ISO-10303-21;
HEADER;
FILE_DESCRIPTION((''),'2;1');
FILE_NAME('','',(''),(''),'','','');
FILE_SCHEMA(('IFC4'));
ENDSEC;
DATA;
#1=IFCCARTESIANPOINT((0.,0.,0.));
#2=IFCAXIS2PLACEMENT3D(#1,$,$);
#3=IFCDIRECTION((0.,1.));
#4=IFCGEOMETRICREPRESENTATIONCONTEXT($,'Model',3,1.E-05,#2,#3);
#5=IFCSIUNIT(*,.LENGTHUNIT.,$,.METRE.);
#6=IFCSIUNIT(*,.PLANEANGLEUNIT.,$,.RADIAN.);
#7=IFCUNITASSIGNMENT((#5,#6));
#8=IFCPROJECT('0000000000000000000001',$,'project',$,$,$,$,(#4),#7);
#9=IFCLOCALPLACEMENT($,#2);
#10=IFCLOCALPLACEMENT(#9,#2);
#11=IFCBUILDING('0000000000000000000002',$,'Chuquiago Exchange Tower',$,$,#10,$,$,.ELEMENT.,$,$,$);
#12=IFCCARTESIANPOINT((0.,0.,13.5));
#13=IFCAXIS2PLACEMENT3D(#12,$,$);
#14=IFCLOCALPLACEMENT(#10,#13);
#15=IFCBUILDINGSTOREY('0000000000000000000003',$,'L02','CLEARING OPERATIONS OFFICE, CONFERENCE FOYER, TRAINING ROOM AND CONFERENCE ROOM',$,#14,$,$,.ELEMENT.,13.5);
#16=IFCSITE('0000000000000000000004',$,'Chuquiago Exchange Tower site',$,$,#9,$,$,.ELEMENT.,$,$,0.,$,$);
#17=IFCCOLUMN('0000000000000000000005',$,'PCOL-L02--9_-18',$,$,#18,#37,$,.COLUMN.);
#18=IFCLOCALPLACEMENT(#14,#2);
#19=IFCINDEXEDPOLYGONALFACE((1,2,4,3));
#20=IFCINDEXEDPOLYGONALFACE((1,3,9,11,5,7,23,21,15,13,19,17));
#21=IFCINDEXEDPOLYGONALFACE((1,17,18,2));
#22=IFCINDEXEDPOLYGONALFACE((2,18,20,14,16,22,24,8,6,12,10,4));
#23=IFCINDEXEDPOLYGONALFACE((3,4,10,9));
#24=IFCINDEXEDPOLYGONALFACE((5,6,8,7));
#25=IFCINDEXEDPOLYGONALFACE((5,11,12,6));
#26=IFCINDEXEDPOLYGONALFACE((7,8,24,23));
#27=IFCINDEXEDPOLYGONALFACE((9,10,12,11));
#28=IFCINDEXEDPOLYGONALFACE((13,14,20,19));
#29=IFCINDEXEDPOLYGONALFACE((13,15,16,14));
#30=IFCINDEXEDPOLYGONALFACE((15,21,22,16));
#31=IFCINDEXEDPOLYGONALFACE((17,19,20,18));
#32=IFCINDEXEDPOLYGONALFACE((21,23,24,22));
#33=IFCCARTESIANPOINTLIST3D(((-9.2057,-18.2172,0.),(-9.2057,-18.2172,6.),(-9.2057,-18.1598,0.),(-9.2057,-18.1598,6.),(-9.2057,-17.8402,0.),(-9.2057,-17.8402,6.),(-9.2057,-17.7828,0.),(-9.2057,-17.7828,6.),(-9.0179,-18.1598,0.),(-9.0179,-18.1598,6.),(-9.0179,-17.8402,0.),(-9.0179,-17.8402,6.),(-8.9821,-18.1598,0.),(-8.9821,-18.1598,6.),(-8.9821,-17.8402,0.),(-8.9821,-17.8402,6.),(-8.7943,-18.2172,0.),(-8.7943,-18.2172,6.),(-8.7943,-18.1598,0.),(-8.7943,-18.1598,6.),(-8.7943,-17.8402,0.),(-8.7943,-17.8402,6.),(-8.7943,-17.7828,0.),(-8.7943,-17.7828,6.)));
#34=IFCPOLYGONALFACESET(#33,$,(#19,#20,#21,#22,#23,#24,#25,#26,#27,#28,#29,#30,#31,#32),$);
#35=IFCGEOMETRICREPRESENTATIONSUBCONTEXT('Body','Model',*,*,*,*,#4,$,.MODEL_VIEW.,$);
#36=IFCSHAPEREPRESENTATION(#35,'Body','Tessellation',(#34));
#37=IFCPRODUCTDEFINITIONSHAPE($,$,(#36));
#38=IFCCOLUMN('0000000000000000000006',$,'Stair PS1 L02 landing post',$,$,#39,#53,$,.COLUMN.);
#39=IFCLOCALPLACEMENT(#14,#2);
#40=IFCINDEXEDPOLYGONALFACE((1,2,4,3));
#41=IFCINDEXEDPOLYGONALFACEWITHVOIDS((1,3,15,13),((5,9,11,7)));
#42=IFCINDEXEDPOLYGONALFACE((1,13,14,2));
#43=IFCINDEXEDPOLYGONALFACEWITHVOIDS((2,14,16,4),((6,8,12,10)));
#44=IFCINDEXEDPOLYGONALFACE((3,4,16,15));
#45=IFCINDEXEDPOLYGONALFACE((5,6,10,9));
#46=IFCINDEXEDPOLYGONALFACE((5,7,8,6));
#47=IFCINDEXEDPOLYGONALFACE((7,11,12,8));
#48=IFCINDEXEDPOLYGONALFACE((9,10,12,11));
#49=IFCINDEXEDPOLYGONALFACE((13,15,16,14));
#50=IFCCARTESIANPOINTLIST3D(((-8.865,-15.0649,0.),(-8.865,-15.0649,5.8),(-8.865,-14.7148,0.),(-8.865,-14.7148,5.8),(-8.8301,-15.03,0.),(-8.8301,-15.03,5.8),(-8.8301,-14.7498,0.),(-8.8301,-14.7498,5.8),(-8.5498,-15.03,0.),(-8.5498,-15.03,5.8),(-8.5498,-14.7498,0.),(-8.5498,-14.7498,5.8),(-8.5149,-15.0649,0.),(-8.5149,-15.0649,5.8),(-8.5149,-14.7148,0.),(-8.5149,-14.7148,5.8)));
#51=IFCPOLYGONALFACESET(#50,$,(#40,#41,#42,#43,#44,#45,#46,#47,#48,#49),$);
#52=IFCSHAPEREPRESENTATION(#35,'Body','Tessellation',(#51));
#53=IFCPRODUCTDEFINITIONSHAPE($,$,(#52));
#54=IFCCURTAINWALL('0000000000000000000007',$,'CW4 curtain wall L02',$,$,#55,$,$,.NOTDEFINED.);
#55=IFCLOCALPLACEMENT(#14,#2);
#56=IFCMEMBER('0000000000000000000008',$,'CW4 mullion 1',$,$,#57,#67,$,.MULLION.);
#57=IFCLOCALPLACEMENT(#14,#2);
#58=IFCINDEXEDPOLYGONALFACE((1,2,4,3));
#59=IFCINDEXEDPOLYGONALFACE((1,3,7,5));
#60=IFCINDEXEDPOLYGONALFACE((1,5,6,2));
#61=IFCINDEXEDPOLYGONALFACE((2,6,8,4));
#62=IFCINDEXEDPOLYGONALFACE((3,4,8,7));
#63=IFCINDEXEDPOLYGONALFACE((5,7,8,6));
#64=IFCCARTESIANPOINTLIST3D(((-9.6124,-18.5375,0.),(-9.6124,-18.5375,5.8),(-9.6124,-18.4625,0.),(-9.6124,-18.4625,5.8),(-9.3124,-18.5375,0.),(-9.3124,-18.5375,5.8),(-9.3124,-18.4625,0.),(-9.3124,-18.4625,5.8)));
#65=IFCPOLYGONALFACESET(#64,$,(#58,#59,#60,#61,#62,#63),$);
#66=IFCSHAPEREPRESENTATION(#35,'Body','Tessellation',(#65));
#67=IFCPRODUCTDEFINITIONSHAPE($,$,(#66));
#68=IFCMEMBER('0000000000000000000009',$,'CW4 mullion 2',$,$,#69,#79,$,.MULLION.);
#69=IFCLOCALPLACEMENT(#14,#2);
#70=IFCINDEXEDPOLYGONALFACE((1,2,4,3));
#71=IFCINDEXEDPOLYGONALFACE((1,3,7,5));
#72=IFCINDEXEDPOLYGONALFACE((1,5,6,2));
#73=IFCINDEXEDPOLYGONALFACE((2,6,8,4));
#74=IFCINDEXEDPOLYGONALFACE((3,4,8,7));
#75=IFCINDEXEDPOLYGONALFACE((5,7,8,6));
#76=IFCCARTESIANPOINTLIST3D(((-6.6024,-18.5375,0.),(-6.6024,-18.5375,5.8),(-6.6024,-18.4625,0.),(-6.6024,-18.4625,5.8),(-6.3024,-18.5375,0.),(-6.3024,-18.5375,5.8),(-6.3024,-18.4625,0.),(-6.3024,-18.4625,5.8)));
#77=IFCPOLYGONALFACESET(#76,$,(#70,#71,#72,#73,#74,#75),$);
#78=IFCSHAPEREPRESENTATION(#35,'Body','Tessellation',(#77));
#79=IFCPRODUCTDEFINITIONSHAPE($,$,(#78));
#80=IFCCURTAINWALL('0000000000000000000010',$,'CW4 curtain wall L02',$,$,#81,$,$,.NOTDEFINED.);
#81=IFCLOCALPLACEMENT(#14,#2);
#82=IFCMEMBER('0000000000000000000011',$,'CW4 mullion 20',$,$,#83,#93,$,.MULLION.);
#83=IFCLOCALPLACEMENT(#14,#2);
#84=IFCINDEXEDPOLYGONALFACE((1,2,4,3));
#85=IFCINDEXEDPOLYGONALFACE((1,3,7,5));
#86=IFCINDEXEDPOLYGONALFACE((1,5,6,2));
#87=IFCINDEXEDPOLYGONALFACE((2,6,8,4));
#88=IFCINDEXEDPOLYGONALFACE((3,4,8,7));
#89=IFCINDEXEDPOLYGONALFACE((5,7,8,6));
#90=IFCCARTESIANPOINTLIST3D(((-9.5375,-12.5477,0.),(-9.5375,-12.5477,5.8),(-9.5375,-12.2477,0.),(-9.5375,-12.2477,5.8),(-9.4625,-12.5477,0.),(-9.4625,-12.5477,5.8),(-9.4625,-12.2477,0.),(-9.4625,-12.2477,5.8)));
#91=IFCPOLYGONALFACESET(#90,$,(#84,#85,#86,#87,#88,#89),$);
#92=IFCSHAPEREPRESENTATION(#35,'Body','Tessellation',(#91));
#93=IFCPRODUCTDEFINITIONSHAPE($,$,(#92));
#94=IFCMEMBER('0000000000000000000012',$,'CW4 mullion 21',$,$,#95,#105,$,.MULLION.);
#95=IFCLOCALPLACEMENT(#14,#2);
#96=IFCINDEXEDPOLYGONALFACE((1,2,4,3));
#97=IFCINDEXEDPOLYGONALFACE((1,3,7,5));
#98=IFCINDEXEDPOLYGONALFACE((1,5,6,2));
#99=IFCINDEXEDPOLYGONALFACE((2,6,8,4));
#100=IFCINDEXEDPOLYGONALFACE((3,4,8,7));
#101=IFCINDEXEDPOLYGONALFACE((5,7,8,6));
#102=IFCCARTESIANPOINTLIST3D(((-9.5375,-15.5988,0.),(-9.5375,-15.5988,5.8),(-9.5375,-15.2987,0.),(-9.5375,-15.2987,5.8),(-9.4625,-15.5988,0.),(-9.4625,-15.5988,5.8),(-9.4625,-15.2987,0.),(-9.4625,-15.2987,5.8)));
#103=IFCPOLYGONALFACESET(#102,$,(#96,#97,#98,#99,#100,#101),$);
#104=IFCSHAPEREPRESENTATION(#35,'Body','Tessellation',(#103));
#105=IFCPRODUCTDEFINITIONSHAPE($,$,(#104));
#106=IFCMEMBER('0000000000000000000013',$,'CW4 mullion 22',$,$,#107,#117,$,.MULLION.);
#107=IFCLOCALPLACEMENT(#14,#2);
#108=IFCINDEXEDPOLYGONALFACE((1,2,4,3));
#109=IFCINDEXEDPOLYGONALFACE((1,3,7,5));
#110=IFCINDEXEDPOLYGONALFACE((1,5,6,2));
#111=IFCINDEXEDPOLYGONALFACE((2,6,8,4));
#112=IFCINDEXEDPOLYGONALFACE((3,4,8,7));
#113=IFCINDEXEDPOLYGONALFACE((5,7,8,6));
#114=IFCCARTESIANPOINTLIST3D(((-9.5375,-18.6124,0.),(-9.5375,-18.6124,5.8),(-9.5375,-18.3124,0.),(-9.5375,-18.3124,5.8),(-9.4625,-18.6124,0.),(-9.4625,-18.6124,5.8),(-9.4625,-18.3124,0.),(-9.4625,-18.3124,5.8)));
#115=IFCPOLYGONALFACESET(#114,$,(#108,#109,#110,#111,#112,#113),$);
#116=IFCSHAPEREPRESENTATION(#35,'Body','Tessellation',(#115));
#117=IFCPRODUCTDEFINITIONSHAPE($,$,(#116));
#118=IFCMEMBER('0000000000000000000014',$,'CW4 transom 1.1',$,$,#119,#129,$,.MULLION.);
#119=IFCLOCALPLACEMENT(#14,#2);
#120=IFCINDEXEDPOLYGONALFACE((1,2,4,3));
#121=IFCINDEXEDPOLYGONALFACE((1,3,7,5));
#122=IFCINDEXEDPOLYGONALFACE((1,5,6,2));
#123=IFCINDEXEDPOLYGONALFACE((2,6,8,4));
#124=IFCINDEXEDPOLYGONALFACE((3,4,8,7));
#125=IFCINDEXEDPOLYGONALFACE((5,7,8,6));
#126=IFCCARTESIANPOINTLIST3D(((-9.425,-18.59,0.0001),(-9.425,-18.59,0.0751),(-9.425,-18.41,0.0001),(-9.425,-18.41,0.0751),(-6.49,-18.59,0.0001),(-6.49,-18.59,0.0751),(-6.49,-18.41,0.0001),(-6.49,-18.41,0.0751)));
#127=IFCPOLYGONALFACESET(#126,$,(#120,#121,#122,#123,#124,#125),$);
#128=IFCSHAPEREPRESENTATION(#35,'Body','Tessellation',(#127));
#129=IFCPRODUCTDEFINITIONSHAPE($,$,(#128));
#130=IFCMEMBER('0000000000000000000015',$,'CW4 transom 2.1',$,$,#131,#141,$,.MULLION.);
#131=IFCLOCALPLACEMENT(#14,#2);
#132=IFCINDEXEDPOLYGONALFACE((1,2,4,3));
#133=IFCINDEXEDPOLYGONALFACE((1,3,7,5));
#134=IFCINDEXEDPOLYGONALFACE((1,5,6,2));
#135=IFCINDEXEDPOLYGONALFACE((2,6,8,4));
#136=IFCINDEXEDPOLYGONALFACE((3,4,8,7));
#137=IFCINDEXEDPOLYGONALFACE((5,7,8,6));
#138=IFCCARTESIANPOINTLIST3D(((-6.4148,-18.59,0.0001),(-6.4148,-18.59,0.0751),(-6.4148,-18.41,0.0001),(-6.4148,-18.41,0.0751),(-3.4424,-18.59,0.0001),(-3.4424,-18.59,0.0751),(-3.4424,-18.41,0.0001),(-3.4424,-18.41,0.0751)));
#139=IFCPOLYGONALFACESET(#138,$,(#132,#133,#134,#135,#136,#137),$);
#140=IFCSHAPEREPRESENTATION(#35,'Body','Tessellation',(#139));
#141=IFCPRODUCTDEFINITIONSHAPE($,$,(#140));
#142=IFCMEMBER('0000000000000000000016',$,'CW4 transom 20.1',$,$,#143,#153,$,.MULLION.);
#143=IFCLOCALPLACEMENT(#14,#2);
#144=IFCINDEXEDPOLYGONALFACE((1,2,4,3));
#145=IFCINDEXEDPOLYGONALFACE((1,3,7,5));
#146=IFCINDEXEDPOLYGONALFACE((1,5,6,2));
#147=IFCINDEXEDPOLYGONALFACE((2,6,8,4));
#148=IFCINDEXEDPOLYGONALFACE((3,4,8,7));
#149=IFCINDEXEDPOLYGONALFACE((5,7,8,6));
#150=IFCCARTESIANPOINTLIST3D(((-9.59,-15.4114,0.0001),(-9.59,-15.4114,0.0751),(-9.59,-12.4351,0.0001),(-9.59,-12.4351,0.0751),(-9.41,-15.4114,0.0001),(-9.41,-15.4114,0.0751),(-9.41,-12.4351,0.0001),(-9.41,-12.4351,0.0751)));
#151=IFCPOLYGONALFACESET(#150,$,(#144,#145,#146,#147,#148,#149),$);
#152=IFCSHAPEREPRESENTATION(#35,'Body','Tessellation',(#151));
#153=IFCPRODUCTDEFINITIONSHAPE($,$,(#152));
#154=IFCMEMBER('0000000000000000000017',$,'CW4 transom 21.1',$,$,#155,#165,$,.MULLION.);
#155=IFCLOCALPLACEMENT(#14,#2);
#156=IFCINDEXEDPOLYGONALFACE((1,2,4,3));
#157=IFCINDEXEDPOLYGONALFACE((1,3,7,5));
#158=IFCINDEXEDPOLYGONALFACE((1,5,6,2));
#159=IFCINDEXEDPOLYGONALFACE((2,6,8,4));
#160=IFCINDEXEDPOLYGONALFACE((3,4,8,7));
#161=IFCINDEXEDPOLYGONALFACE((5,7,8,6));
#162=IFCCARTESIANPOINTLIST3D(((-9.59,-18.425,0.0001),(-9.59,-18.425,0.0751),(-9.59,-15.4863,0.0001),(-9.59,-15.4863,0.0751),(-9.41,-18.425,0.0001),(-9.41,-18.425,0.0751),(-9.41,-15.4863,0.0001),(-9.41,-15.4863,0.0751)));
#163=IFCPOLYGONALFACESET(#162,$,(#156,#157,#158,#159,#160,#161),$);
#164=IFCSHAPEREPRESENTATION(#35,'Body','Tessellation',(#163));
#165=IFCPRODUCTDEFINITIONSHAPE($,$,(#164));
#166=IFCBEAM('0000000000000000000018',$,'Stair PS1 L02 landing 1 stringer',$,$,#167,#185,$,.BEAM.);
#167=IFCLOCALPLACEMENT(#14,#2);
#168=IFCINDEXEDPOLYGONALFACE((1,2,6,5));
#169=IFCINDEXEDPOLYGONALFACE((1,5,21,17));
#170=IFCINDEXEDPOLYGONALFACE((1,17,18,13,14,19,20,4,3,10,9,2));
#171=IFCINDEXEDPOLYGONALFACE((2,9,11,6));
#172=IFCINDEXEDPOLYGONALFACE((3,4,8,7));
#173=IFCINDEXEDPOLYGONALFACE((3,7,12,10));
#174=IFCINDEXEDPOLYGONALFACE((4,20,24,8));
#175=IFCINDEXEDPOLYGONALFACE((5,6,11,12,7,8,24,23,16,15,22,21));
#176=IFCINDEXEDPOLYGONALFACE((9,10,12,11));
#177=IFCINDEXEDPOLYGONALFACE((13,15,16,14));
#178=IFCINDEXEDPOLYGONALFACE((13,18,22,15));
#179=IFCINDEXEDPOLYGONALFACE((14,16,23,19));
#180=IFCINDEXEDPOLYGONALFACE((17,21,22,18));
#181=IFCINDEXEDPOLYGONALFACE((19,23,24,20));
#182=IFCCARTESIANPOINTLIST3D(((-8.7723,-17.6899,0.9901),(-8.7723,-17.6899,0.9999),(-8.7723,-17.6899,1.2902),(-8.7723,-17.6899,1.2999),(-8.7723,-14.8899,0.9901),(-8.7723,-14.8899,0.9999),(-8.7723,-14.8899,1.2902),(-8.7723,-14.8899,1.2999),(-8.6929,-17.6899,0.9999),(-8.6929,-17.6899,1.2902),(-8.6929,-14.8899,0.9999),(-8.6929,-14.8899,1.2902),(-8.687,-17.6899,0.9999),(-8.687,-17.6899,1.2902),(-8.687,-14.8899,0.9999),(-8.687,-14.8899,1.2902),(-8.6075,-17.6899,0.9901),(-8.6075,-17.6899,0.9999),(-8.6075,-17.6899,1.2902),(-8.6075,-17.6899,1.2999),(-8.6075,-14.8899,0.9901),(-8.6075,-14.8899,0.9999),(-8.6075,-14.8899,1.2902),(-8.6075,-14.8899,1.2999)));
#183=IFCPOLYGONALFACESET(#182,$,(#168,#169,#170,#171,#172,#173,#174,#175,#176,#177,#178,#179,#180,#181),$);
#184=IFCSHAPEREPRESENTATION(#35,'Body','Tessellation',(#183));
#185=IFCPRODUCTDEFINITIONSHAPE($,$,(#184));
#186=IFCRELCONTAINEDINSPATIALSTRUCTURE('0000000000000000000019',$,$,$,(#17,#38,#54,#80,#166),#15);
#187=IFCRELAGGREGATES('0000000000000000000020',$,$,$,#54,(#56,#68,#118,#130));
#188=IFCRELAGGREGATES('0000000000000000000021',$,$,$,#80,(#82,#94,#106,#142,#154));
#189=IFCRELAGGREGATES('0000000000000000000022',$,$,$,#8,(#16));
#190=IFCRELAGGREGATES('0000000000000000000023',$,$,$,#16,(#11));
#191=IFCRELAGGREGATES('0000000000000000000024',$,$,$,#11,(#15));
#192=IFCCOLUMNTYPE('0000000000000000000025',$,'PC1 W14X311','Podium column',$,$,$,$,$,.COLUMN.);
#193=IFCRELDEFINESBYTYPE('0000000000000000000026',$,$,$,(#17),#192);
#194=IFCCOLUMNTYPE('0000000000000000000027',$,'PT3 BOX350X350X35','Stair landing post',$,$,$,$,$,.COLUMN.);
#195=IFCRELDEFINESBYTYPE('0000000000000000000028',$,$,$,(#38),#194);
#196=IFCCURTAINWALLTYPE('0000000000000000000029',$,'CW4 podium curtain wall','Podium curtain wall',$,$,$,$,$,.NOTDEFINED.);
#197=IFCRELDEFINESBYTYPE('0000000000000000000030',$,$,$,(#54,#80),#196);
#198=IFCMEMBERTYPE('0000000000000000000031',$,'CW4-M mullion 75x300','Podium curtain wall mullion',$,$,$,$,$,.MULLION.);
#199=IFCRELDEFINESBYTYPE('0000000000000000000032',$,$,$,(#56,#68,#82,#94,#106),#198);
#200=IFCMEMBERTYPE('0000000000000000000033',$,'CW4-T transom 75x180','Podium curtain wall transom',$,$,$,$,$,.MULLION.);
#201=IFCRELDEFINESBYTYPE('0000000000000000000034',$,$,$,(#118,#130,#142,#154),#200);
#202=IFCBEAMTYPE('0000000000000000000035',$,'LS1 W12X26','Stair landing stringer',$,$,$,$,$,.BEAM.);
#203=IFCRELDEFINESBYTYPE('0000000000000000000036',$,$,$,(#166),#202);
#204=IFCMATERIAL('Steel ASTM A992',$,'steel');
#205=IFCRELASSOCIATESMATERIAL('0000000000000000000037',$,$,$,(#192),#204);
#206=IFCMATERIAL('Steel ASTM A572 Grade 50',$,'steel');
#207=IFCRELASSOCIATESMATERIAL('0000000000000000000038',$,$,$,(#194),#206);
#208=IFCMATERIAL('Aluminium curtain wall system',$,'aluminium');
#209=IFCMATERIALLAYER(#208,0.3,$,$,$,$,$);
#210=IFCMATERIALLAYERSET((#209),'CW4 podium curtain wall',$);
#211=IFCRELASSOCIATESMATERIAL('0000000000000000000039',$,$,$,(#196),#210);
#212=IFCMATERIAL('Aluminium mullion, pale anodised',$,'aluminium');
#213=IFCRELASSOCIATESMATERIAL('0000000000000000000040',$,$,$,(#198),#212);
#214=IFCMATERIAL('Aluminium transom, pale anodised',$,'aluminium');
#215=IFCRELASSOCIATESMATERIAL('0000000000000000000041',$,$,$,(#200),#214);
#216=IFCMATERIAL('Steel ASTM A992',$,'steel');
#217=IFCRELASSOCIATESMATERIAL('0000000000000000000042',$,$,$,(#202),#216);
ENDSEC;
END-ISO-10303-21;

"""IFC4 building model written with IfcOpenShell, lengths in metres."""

from ifc_helpers import new_model, si_unit, direction, frame, origin, origin_2d, place, context, subcontext, project, spatial, rectangle, hollow_rectangle, i_section, extrude, material, layer, layer_set, material_profile, profile_set, type_object, element, aggregate, save


model = new_model("IFC4")

# Units and contexts
model_context = context("Model", 3, precision=1e-05, world=origin(), true_north=direction((0.0, 1.0)))
body_context = subcontext(model_context, "Body", "Model", "MODEL_VIEW")
ifc_project = project(units=[si_unit("LENGTHUNIT", "METRE"), si_unit("PLANEANGLEUNIT", "RADIAN")], contexts=[model_context])

# Site, building, storey
site_placement = place(None, origin())
site = spatial("IfcSite", under=ifc_project, at=site_placement, Name="Chuquiago Exchange Tower site", CompositionType="ELEMENT", RefElevation=0.0)
building_placement = place(site_placement, origin())
building = spatial("IfcBuilding", under=site, at=building_placement, Name="Chuquiago Exchange Tower", CompositionType="ELEMENT")
storey_placement = place(building_placement, frame((0.0, 0.0, 13.5)))
storey = spatial("IfcBuildingStorey", under=building, at=storey_placement, Name="L02", Description="CLEARING OPERATIONS OFFICE, CONFERENCE FOYER, TRAINING ROOM AND CONFERENCE ROOM", CompositionType="ELEMENT", Elevation=13.5)

# Columns
ifc_material_1 = material(Name="Steel ASTM A992", Category="steel")
ifc_material_profile_1 = material_profile(ifc_material_1, i_section(OverallWidth=0.4114, OverallDepth=0.4343, WebThickness=0.0359, FlangeThickness=0.0574, at=origin_2d()), Name="W14X311")
ifc_profile_set_1 = profile_set([ifc_material_profile_1], Name="Steel ASTM A992")
column_type_1 = type_object("IfcColumnType", Name="PC1 W14X311", Description="Podium column", PredefinedType="COLUMN", material=ifc_profile_set_1)
column_1_placement = place(storey_placement, frame((-9.0, -18.0, 0.0), z_axis=(0.0, 0.0, 1.0), x_axis=(1.0, 0.0, 0.0)))
element("IfcColumn", 1, at=column_1_placement, inside=storey, type_object=column_type_1, Name="PCOL-L02--9_-18", PredefinedType="COLUMN", context=body_context, shape_type="SweptSolid", body=[
    extrude(i_section(OverallWidth=0.4114, OverallDepth=0.4343, WebThickness=0.0359, FlangeThickness=0.0574, at=origin_2d()), origin(), (0.0, 0.0, 1.0), 6.0),
])
ifc_material_2 = material(Name="Steel ASTM A572 Grade 50", Category="steel")
ifc_material_profile_2 = material_profile(ifc_material_2, hollow_rectangle(XDim=0.3501, YDim=0.3501, WallThickness=0.0349, at=origin_2d()), Name="BOX350X350X35")
ifc_profile_set_2 = profile_set([ifc_material_profile_2], Name="Steel ASTM A572 Grade 50")
column_type_2 = type_object("IfcColumnType", Name="PT3 BOX350X350X35", Description="Stair landing post", PredefinedType="COLUMN", material=ifc_profile_set_2)
column_2_placement = place(storey_placement, frame((-8.6899, -14.8899, 0.0), z_axis=(0.0, 0.0, 1.0), x_axis=(1.0, 0.0, 0.0)))
element("IfcColumn", 2, at=column_2_placement, inside=storey, type_object=column_type_2, Name="Stair PS1 L02 landing post", PredefinedType="COLUMN", context=body_context, shape_type="SweptSolid", body=[
    extrude(hollow_rectangle(XDim=0.3501, YDim=0.3501, WallThickness=0.0349, at=origin_2d()), origin(), (0.0, 0.0, 1.0), 5.8),
])

# Curtain walls, members
ifc_material_3 = material(Name="Aluminium curtain wall system", Category="aluminium")
ifc_layer_1 = layer(ifc_material_3, 0.3)
ifc_layer_set_1 = layer_set([ifc_layer_1], Name="CW4 podium curtain wall")
curtain_wall_type = type_object("IfcCurtainWallType", Name="CW4 podium curtain wall", Description="Podium curtain wall", PredefinedType="NOTDEFINED", material=ifc_layer_set_1)
curtain_wall_1_placement = place(storey_placement, origin())
curtain_wall_1 = element("IfcCurtainWall", 3, at=curtain_wall_1_placement, inside=storey, type_object=curtain_wall_type, Name="CW4 curtain wall L02", PredefinedType="NOTDEFINED")
ifc_material_4 = material(Name="Aluminium mullion, pale anodised", Category="aluminium")
ifc_material_profile_3 = material_profile(ifc_material_4, rectangle(XDim=0.075, YDim=0.3, at=origin_2d()), Name="AL 75x300")
ifc_profile_set_3 = profile_set([ifc_material_profile_3], Name="Aluminium mullion, pale anodised")
member_type_1 = type_object("IfcMemberType", Name="CW4-M mullion 75x300", Description="Podium curtain wall mullion", PredefinedType="MULLION", material=ifc_profile_set_3)
member_1_placement = place(storey_placement, frame((-9.4624, -18.5, 0.0), z_axis=(0.0, 0.0, 1.0), x_axis=(0.0, 1.0, 0.0)))
member_1 = element("IfcMember", 4, at=member_1_placement, type_object=member_type_1, Name="CW4 mullion 1", PredefinedType="MULLION", context=body_context, shape_type="SweptSolid", body=[
    extrude(rectangle(XDim=0.075, YDim=0.3, at=origin_2d()), origin(), (0.0, 0.0, 1.0), 5.8),
])
member_2_placement = place(storey_placement, frame((-6.4524, -18.5, 0.0), z_axis=(0.0, 0.0, 1.0), x_axis=(0.0, 1.0, 0.0)))
member_2 = element("IfcMember", 5, at=member_2_placement, type_object=member_type_1, Name="CW4 mullion 2", PredefinedType="MULLION", context=body_context, shape_type="SweptSolid", body=[
    extrude(rectangle(XDim=0.075, YDim=0.3, at=origin_2d()), origin(), (0.0, 0.0, 1.0), 5.8),
])
curtain_wall_2_placement = place(storey_placement, origin())
curtain_wall_2 = element("IfcCurtainWall", 6, at=curtain_wall_2_placement, inside=storey, type_object=curtain_wall_type, Name="CW4 curtain wall L02", PredefinedType="NOTDEFINED")
member_3_placement = place(storey_placement, frame((-9.5, -12.3977, 0.0), z_axis=(0.0, 0.0, 1.0), x_axis=(1.0, 0.0, 0.0)))
member_3 = element("IfcMember", 7, at=member_3_placement, type_object=member_type_1, Name="CW4 mullion 20", PredefinedType="MULLION", context=body_context, shape_type="SweptSolid", body=[
    extrude(rectangle(XDim=0.075, YDim=0.3, at=origin_2d()), origin(), (0.0, 0.0, 1.0), 5.8),
])
member_4_placement = place(storey_placement, frame((-9.5, -15.4487, 0.0), z_axis=(0.0, 0.0, 1.0), x_axis=(1.0, 0.0, 0.0)))
member_4 = element("IfcMember", 8, at=member_4_placement, type_object=member_type_1, Name="CW4 mullion 21", PredefinedType="MULLION", context=body_context, shape_type="SweptSolid", body=[
    extrude(rectangle(XDim=0.075, YDim=0.3, at=origin_2d()), origin(), (0.0, 0.0, 1.0), 5.8),
])
member_5_placement = place(storey_placement, frame((-9.5, -18.4624, 0.0), z_axis=(0.0, 0.0, 1.0), x_axis=(1.0, 0.0, 0.0)))
member_5 = element("IfcMember", 9, at=member_5_placement, type_object=member_type_1, Name="CW4 mullion 22", PredefinedType="MULLION", context=body_context, shape_type="SweptSolid", body=[
    extrude(rectangle(XDim=0.075, YDim=0.3, at=origin_2d()), origin(), (0.0, 0.0, 1.0), 5.8),
])

# Members
ifc_material_5 = material(Name="Aluminium transom, pale anodised", Category="aluminium")
ifc_material_profile_4 = material_profile(ifc_material_5, rectangle(XDim=0.1799, YDim=0.075, at=origin_2d()), Name="AL 180x75")
ifc_profile_set_4 = profile_set([ifc_material_profile_4], Name="Aluminium transom, pale anodised")
member_type_2 = type_object("IfcMemberType", Name="CW4-T transom 75x180", Description="Podium curtain wall transom", PredefinedType="MULLION", material=ifc_profile_set_4)
member_6_placement = place(storey_placement, frame((-9.425, -18.5, 0.0376), z_axis=(1.0, 0.0, 0.0), x_axis=(0.0, 1.0, 0.0)))
member_6 = element("IfcMember", 10, at=member_6_placement, type_object=member_type_2, Name="CW4 transom 1.1", PredefinedType="MULLION", context=body_context, shape_type="SweptSolid", body=[
    extrude(rectangle(XDim=0.1799, YDim=0.075, at=origin_2d()), origin(), (0.0, 0.0, 1.0), 2.9351),
])
member_7_placement = place(storey_placement, frame((-6.4148, -18.5, 0.0376), z_axis=(1.0, 0.0, 0.0), x_axis=(0.0, 1.0, 0.0)))
member_7 = element("IfcMember", 11, at=member_7_placement, type_object=member_type_2, Name="CW4 transom 2.1", PredefinedType="MULLION", context=body_context, shape_type="SweptSolid", body=[
    extrude(rectangle(XDim=0.1799, YDim=0.075, at=origin_2d()), origin(), (0.0, 0.0, 1.0), 2.9724),
])
member_8_placement = place(storey_placement, frame((-9.5, -12.4351, 0.0376), z_axis=(0.0, -1.0, 0.0), x_axis=(1.0, 0.0, 0.0)))
member_8 = element("IfcMember", 12, at=member_8_placement, type_object=member_type_2, Name="CW4 transom 20.1", PredefinedType="MULLION", context=body_context, shape_type="SweptSolid", body=[
    extrude(rectangle(XDim=0.1799, YDim=0.075, at=origin_2d()), origin(), (0.0, 0.0, 1.0), 2.9763),
])
member_9_placement = place(storey_placement, frame((-9.5, -15.4863, 0.0376), z_axis=(0.0, -1.0, 0.0), x_axis=(1.0, 0.0, 0.0)))
member_9 = element("IfcMember", 13, at=member_9_placement, type_object=member_type_2, Name="CW4 transom 21.1", PredefinedType="MULLION", context=body_context, shape_type="SweptSolid", body=[
    extrude(rectangle(XDim=0.1799, YDim=0.075, at=origin_2d()), origin(), (0.0, 0.0, 1.0), 2.9387),
])

# Beam
ifc_material_6 = material(Name="Steel ASTM A992", Category="steel")
ifc_material_profile_5 = material_profile(ifc_material_6, i_section(OverallWidth=0.1648, OverallDepth=0.3098, WebThickness=0.0059, FlangeThickness=0.0098, at=origin_2d()), Name="W12X26")
ifc_profile_set_5 = profile_set([ifc_material_profile_5], Name="Steel ASTM A992")
beam_type_1 = type_object("IfcBeamType", Name="LS1 W12X26", Description="Stair landing stringer", PredefinedType="BEAM", material=ifc_profile_set_5)
for number, where, z_axis, x_axis, name in (
    (14, (-8.6899, -17.6899, 1.145), (0.0, 1.0, 0.0), (-1.0, 0.0, 0.0), "Stair PS1 L02 landing 1 stringer"),
):
    element("IfcBeam", number, at=place(storey_placement, frame(where, z_axis=z_axis, x_axis=x_axis)), inside=storey, type_object=beam_type_1, Name=name, PredefinedType="BEAM", context=body_context, shape_type="SweptSolid", body=[
        extrude(i_section(OverallWidth=0.1648, OverallDepth=0.3098, WebThickness=0.0059, FlangeThickness=0.0098, at=origin_2d()), origin(), (0.0, 0.0, 1.0), 2.8),
    ])

aggregate(curtain_wall_1, [member_1, member_2, member_6, member_7])
aggregate(curtain_wall_2, [member_3, member_4, member_5, member_8, member_9])

save(model, "model.ifc")
